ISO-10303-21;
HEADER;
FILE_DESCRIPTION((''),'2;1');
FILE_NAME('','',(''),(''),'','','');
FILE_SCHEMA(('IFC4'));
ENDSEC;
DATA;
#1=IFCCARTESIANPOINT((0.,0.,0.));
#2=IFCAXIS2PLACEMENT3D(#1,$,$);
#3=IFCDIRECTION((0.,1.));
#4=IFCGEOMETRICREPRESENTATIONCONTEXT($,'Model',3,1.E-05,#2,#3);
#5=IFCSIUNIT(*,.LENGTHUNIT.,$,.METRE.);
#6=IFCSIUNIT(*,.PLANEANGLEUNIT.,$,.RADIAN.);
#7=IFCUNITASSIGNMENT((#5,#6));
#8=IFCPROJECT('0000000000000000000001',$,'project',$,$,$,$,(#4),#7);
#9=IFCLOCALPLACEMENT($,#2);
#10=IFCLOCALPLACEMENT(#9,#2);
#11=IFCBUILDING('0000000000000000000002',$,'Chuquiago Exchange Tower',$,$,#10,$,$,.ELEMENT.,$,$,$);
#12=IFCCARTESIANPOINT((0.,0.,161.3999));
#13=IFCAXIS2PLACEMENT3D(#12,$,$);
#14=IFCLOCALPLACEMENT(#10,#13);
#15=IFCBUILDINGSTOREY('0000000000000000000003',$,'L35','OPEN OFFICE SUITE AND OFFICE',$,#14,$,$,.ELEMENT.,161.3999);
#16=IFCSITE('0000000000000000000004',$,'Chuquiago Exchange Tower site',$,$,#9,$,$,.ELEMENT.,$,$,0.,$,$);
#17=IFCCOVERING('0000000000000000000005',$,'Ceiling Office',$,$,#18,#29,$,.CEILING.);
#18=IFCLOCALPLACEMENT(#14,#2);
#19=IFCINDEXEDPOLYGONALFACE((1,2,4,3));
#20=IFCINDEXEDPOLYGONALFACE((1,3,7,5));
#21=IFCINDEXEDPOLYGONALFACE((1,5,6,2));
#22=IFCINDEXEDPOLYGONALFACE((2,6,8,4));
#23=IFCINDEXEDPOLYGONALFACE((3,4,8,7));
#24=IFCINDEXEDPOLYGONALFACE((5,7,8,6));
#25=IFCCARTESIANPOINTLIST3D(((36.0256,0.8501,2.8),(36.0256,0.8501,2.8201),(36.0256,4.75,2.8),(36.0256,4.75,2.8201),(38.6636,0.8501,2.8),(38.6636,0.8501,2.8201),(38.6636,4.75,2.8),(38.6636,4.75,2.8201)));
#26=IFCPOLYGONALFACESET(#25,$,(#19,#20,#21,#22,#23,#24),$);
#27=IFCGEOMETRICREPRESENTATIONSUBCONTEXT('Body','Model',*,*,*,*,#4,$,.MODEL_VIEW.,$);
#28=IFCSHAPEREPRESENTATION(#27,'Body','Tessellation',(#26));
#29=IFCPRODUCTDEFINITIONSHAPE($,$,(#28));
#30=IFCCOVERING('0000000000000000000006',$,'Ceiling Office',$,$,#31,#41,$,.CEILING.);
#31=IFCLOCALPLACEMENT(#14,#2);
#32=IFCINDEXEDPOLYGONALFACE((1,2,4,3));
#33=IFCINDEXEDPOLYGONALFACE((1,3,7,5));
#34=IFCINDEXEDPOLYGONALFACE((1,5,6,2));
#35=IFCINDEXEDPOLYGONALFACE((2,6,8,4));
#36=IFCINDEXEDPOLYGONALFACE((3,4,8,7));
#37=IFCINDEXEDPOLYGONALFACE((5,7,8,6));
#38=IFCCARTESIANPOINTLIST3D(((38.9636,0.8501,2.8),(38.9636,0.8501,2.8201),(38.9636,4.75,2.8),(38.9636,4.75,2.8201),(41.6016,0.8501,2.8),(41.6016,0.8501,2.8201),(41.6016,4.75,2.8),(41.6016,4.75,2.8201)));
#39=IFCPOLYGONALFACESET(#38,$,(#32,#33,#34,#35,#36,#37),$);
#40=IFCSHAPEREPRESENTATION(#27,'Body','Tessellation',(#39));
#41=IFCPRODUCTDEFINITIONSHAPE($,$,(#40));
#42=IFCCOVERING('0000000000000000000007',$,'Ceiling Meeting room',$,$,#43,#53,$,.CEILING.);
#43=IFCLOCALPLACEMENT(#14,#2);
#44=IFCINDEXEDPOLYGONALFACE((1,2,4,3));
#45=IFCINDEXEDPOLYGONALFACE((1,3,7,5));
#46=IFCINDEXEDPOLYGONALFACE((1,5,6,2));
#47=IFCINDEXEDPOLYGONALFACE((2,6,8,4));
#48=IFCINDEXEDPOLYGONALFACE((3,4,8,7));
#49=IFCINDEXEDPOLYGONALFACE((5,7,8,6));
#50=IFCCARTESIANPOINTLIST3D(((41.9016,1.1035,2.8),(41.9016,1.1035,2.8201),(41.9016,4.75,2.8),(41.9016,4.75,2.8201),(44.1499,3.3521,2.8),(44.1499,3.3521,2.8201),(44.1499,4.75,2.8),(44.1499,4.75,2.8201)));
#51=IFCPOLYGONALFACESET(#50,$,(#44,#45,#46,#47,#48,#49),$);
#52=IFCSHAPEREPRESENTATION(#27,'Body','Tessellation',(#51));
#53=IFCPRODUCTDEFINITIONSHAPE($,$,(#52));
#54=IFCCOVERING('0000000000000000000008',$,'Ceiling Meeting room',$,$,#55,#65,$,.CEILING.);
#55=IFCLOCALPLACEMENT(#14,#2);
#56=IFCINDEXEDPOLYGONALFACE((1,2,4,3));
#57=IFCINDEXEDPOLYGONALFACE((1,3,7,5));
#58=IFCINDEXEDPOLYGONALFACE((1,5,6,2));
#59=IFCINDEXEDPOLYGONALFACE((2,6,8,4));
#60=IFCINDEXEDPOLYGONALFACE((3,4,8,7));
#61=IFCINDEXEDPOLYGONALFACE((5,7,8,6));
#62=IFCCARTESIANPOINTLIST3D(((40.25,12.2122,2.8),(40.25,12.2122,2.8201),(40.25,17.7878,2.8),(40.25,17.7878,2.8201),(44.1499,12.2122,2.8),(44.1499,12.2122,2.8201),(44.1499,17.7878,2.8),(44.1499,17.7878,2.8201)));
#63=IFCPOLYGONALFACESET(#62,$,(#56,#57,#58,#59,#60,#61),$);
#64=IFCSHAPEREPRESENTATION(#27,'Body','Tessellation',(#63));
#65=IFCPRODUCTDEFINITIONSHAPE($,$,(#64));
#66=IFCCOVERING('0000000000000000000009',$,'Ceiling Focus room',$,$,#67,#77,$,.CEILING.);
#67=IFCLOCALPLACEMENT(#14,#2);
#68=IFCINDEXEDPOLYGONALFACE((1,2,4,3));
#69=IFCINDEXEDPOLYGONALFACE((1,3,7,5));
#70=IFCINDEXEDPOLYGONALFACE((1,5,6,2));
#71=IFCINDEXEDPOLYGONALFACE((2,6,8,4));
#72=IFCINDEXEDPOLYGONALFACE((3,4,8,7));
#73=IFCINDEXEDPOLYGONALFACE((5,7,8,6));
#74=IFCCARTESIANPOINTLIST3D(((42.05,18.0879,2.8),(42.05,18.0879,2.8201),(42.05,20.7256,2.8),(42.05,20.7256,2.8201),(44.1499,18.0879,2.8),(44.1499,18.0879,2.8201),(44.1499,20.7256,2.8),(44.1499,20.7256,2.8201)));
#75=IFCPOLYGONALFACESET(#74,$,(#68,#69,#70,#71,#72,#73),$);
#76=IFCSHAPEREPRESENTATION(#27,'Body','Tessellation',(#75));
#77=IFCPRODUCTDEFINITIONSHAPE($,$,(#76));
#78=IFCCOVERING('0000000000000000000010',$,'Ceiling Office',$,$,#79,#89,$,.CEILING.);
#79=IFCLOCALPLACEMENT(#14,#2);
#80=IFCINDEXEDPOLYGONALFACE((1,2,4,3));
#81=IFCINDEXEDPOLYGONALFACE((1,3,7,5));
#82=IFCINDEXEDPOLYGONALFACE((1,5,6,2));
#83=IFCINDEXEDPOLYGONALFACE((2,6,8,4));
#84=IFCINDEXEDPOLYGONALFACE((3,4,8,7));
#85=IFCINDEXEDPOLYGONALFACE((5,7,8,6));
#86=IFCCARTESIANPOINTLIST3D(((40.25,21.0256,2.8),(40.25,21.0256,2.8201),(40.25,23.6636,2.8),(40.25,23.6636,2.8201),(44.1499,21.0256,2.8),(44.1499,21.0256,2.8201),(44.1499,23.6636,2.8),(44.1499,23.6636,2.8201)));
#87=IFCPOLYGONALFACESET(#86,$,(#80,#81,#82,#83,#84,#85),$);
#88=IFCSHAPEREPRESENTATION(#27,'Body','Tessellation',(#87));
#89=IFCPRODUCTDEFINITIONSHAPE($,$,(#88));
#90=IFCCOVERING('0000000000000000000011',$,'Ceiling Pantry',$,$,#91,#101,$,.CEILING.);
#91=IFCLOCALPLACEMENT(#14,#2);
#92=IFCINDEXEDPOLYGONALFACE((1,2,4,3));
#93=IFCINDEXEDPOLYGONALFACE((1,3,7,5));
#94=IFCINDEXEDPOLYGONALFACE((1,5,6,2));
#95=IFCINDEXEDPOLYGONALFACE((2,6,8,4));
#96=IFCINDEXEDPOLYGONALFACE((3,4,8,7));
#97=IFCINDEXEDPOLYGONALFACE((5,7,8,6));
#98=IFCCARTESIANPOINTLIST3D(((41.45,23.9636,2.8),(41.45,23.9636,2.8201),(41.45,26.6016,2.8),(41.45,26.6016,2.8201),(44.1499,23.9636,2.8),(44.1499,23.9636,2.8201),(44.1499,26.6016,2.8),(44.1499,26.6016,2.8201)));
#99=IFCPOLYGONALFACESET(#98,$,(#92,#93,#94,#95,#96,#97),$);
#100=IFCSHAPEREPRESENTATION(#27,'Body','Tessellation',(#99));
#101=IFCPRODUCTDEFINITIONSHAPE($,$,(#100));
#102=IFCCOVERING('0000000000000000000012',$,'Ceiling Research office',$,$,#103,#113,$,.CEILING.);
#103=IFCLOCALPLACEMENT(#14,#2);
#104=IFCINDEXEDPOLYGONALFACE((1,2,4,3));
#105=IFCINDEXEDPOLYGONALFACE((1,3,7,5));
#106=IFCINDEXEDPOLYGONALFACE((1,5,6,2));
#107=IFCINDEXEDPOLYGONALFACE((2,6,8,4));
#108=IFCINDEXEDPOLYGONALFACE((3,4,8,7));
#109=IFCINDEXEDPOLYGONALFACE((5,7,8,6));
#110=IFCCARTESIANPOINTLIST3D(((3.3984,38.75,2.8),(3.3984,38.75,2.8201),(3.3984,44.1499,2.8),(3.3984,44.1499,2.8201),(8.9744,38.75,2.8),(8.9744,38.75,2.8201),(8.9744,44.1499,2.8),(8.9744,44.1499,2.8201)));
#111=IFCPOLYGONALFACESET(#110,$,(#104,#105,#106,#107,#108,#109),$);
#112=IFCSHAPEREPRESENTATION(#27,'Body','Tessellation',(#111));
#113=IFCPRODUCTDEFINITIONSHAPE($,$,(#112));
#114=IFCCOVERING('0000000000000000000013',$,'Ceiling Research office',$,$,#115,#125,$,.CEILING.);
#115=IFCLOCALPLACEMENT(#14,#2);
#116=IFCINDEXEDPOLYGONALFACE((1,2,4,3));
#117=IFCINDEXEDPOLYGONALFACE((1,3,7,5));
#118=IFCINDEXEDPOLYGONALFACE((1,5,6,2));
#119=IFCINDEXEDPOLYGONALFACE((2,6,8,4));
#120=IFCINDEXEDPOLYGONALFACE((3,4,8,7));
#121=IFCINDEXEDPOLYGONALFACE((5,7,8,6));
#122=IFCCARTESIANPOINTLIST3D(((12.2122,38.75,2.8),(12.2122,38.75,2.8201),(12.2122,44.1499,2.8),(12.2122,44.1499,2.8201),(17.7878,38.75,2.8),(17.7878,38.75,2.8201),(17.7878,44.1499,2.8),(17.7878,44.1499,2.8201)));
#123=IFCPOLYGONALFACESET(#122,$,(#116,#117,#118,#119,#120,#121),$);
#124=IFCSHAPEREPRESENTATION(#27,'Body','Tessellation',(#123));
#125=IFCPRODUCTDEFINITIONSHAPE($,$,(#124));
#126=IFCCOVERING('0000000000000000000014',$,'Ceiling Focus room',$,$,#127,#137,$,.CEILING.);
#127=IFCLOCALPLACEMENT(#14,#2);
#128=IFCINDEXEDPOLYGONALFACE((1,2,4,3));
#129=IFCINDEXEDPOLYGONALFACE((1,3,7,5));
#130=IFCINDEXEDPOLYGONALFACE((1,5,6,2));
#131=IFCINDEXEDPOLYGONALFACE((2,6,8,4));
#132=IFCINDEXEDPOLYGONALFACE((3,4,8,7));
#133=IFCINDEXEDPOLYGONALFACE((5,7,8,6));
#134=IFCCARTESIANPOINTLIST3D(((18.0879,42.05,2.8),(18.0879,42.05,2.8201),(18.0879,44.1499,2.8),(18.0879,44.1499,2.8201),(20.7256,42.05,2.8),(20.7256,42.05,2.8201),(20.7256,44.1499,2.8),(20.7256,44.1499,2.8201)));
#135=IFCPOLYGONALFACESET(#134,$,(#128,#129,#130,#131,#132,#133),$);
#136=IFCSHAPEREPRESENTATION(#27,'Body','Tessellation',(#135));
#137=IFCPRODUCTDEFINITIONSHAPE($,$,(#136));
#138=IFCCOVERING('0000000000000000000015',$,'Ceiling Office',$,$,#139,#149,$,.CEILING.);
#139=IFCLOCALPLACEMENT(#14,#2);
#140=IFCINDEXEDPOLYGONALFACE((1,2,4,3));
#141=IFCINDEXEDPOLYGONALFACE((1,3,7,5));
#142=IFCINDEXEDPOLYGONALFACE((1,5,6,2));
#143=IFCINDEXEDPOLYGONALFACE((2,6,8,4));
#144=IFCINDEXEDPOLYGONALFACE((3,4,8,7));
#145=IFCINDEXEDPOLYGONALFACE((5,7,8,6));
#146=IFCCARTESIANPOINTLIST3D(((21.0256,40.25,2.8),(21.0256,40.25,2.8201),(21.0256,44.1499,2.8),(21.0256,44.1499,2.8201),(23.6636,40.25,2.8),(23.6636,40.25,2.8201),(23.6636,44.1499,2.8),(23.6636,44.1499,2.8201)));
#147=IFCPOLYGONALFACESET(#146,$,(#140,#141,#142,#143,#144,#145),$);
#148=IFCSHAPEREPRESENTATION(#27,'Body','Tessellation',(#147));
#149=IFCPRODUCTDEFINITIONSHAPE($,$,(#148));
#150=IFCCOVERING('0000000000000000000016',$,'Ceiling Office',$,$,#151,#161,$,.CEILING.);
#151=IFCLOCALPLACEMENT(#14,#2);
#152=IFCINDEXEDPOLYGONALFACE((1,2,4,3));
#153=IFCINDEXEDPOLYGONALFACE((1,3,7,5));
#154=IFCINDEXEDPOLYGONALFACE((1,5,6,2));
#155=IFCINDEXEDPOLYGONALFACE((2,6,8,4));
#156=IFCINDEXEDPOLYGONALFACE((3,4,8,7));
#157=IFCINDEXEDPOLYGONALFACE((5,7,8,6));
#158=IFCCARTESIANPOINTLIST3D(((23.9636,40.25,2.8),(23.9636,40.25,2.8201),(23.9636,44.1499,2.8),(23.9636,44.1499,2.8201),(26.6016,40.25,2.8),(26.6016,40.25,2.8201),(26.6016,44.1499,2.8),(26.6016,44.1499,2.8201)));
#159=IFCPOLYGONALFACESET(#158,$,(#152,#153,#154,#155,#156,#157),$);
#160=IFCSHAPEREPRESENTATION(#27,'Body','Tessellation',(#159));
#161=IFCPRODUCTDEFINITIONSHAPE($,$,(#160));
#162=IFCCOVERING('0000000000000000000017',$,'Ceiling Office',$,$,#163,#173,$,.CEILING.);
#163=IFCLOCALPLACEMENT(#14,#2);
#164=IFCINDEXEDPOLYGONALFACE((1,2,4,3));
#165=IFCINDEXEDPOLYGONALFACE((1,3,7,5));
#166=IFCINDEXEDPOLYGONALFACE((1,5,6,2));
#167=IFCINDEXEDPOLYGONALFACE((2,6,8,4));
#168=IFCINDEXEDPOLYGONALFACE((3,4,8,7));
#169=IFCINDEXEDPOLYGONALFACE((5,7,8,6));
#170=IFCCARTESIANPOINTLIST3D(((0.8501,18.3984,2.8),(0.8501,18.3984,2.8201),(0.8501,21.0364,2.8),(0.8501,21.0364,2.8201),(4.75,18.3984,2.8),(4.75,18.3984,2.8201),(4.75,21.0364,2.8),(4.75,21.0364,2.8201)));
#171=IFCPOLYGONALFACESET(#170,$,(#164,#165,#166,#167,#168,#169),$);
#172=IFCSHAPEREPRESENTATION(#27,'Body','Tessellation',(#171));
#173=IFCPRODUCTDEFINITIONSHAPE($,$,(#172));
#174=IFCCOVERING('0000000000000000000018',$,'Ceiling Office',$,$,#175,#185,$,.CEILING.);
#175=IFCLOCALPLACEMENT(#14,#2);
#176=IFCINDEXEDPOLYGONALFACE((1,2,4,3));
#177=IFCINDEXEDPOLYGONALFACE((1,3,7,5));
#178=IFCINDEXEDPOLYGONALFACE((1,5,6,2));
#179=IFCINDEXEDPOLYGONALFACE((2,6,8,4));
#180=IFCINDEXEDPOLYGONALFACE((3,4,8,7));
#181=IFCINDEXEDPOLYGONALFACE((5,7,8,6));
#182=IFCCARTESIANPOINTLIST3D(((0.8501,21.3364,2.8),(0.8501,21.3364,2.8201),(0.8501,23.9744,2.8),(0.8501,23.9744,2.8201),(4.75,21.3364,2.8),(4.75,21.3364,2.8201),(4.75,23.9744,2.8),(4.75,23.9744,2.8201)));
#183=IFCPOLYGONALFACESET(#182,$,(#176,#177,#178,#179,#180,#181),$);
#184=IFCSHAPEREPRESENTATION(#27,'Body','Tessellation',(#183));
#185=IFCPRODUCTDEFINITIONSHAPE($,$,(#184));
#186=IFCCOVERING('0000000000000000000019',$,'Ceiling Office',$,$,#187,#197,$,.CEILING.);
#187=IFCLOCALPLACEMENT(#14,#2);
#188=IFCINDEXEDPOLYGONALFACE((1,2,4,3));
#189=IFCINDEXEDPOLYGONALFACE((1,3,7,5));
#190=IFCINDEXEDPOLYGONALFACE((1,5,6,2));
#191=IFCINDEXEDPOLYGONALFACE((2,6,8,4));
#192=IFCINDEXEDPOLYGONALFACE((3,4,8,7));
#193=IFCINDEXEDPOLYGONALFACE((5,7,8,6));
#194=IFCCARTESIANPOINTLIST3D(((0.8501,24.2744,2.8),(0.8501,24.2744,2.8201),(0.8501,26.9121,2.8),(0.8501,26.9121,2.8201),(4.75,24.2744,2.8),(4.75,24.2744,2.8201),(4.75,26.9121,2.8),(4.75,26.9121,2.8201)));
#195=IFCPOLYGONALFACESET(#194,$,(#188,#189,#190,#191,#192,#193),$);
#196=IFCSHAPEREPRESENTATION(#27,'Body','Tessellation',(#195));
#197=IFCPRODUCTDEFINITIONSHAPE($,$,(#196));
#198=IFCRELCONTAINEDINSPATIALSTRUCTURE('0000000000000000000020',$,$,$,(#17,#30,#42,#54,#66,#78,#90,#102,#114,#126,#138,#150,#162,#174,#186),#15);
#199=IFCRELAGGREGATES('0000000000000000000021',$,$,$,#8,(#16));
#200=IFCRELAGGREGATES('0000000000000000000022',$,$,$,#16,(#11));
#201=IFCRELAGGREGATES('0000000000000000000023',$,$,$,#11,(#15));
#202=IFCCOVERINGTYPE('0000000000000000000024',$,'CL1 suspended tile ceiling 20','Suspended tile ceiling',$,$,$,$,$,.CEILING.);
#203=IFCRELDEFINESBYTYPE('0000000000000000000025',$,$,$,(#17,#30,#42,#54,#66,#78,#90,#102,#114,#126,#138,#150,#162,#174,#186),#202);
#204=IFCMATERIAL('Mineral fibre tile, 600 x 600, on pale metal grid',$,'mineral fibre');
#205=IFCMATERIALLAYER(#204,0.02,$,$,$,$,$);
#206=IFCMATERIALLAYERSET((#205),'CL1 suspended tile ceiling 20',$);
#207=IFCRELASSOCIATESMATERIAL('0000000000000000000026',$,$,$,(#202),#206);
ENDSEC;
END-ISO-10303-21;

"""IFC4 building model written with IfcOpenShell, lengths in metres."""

from ifc_helpers import new_model, si_unit, direction, frame, origin, place, context, subcontext, project, spatial, polyline, outline, extrude, material, layer, layer_set, type_object, element, save


model = new_model("IFC4")

# Units and contexts
model_context = context("Model", 3, precision=1e-05, world=origin(), true_north=direction((0.0, 1.0)))
body_context = subcontext(model_context, "Body", "Model", "MODEL_VIEW")
ifc_project = project(units=[si_unit("LENGTHUNIT", "METRE"), si_unit("PLANEANGLEUNIT", "RADIAN")], contexts=[model_context])

# Site, building, storey
site_placement = place(None, origin())
site = spatial("IfcSite", under=ifc_project, at=site_placement, Name="Chuquiago Exchange Tower site", CompositionType="ELEMENT", RefElevation=0.0)
building_placement = place(site_placement, origin())
building = spatial("IfcBuilding", under=site, at=building_placement, Name="Chuquiago Exchange Tower", CompositionType="ELEMENT")
storey_placement = place(building_placement, frame((0.0, 0.0, 161.3999)))
storey = spatial("IfcBuildingStorey", under=building, at=storey_placement, Name="L35", Description="OPEN OFFICE SUITE AND OFFICE", CompositionType="ELEMENT", Elevation=161.3999)

# Coverings
ifc_material_1 = material(Name="Mineral fibre tile, 600 x 600, on pale metal grid", Category="mineral fibre")
ifc_layer_1 = layer(ifc_material_1, 0.02)
ifc_layer_set_1 = layer_set([ifc_layer_1], Name="CL1 suspended tile ceiling 20")
covering_type_1 = type_object("IfcCoveringType", Name="CL1 suspended tile ceiling 20", Description="Suspended tile ceiling", PredefinedType="CEILING", material=ifc_layer_set_1)
covering_1_placement = place(storey_placement, frame((0.0, 0.0, 2.8)))
element("IfcCovering", 1, at=covering_1_placement, inside=storey, type_object=covering_type_1, Name="Ceiling Office", PredefinedType="CEILING", context=body_context, shape_type="SweptSolid", body=[
    extrude(outline(polyline([(36.0256, 4.75), (38.6636, 4.75), (38.6636, 0.8501), (36.0256, 0.8501), (36.0256, 4.75)])), origin(), (0.0, 0.0, 1.0), 0.02),
])
covering_2_placement = place(storey_placement, frame((0.0, 0.0, 2.8)))
element("IfcCovering", 2, at=covering_2_placement, inside=storey, type_object=covering_type_1, Name="Ceiling Office", PredefinedType="CEILING", context=body_context, shape_type="SweptSolid", body=[
    extrude(outline(polyline([(38.9636, 0.8501), (38.9636, 4.75), (41.6016, 4.75), (41.6016, 0.8501), (38.9636, 0.8501)])), origin(), (0.0, 0.0, 1.0), 0.02),
])
covering_3_placement = place(storey_placement, frame((0.0, 0.0, 2.8)))
element("IfcCovering", 3, at=covering_3_placement, inside=storey, type_object=covering_type_1, Name="Ceiling Meeting room", PredefinedType="CEILING", context=body_context, shape_type="SweptSolid", body=[
    extrude(outline(polyline([(41.9016, 1.1035), (41.9016, 4.75), (44.1499, 4.75), (44.1499, 3.3521), (41.9016, 1.1035)])), origin(), (0.0, 0.0, 1.0), 0.02),
])
covering_4_placement = place(storey_placement, frame((0.0, 0.0, 2.8)))
element("IfcCovering", 4, at=covering_4_placement, inside=storey, type_object=covering_type_1, Name="Ceiling Meeting room", PredefinedType="CEILING", context=body_context, shape_type="SweptSolid", body=[
    extrude(outline(polyline([(40.25, 12.2122), (40.25, 17.7878), (44.1499, 17.7878), (44.1499, 12.2122), (40.25, 12.2122)])), origin(), (0.0, 0.0, 1.0), 0.02),
])
covering_5_placement = place(storey_placement, frame((0.0, 0.0, 2.8)))
element("IfcCovering", 5, at=covering_5_placement, inside=storey, type_object=covering_type_1, Name="Ceiling Focus room", PredefinedType="CEILING", context=body_context, shape_type="SweptSolid", body=[
    extrude(outline(polyline([(42.05, 18.0879), (42.05, 20.7256), (44.1499, 20.7256), (44.1499, 18.0879), (42.05, 18.0879)])), origin(), (0.0, 0.0, 1.0), 0.02),
])
covering_6_placement = place(storey_placement, frame((0.0, 0.0, 2.8)))
element("IfcCovering", 6, at=covering_6_placement, inside=storey, type_object=covering_type_1, Name="Ceiling Office", PredefinedType="CEILING", context=body_context, shape_type="SweptSolid", body=[
    extrude(outline(polyline([(40.25, 21.0256), (40.25, 23.6636), (44.1499, 23.6636), (44.1499, 21.0256), (40.25, 21.0256)])), origin(), (0.0, 0.0, 1.0), 0.02),
])
covering_7_placement = place(storey_placement, frame((0.0, 0.0, 2.8)))
element("IfcCovering", 7, at=covering_7_placement, inside=storey, type_object=covering_type_1, Name="Ceiling Pantry", PredefinedType="CEILING", context=body_context, shape_type="SweptSolid", body=[
    extrude(outline(polyline([(44.1499, 23.9636), (41.45, 23.9636), (41.45, 26.6016), (44.1499, 26.6016), (44.1499, 23.9636)])), origin(), (0.0, 0.0, 1.0), 0.02),
])
covering_8_placement = place(storey_placement, frame((0.0, 0.0, 2.8)))
element("IfcCovering", 8, at=covering_8_placement, inside=storey, type_object=covering_type_1, Name="Ceiling Research office", PredefinedType="CEILING", context=body_context, shape_type="SweptSolid", body=[
    extrude(outline(polyline([(8.9744, 44.1499), (8.9744, 38.75), (3.3984, 38.75), (3.3984, 44.1499), (8.9744, 44.1499)])), origin(), (0.0, 0.0, 1.0), 0.02),
])
covering_9_placement = place(storey_placement, frame((0.0, 0.0, 2.8)))
element("IfcCovering", 9, at=covering_9_placement, inside=storey, type_object=covering_type_1, Name="Ceiling Research office", PredefinedType="CEILING", context=body_context, shape_type="SweptSolid", body=[
    extrude(outline(polyline([(17.7878, 38.75), (12.2122, 38.75), (12.2122, 44.1499), (17.7878, 44.1499), (17.7878, 38.75)])), origin(), (0.0, 0.0, 1.0), 0.02),
])
covering_10_placement = place(storey_placement, frame((0.0, 0.0, 2.8)))
element("IfcCovering", 10, at=covering_10_placement, inside=storey, type_object=covering_type_1, Name="Ceiling Focus room", PredefinedType="CEILING", context=body_context, shape_type="SweptSolid", body=[
    extrude(outline(polyline([(20.7256, 42.05), (18.0879, 42.05), (18.0879, 44.1499), (20.7256, 44.1499), (20.7256, 42.05)])), origin(), (0.0, 0.0, 1.0), 0.02),
])
covering_11_placement = place(storey_placement, frame((0.0, 0.0, 2.8)))
element("IfcCovering", 11, at=covering_11_placement, inside=storey, type_object=covering_type_1, Name="Ceiling Office", PredefinedType="CEILING", context=body_context, shape_type="SweptSolid", body=[
    extrude(outline(polyline([(23.6636, 40.25), (21.0256, 40.25), (21.0256, 44.1499), (23.6636, 44.1499), (23.6636, 40.25)])), origin(), (0.0, 0.0, 1.0), 0.02),
])
covering_12_placement = place(storey_placement, frame((0.0, 0.0, 2.8)))
element("IfcCovering", 12, at=covering_12_placement, inside=storey, type_object=covering_type_1, Name="Ceiling Office", PredefinedType="CEILING", context=body_context, shape_type="SweptSolid", body=[
    extrude(outline(polyline([(26.6016, 40.25), (23.9636, 40.25), (23.9636, 44.1499), (26.6016, 44.1499), (26.6016, 40.25)])), origin(), (0.0, 0.0, 1.0), 0.02),
])
covering_13_placement = place(storey_placement, frame((0.0, 0.0, 2.8)))
element("IfcCovering", 13, at=covering_13_placement, inside=storey, type_object=covering_type_1, Name="Ceiling Office", PredefinedType="CEILING", context=body_context, shape_type="SweptSolid", body=[
    extrude(outline(polyline([(0.8501, 21.0364), (4.75, 21.0364), (4.75, 18.3984), (0.8501, 18.3984), (0.8501, 21.0364)])), origin(), (0.0, 0.0, 1.0), 0.02),
])
covering_14_placement = place(storey_placement, frame((0.0, 0.0, 2.8)))
element("IfcCovering", 14, at=covering_14_placement, inside=storey, type_object=covering_type_1, Name="Ceiling Office", PredefinedType="CEILING", context=body_context, shape_type="SweptSolid", body=[
    extrude(outline(polyline([(4.75, 23.9744), (4.75, 21.3364), (0.8501, 21.3364), (0.8501, 23.9744), (4.75, 23.9744)])), origin(), (0.0, 0.0, 1.0), 0.02),
])
covering_15_placement = place(storey_placement, frame((0.0, 0.0, 2.8)))
element("IfcCovering", 15, at=covering_15_placement, inside=storey, type_object=covering_type_1, Name="Ceiling Office", PredefinedType="CEILING", context=body_context, shape_type="SweptSolid", body=[
    extrude(outline(polyline([(4.75, 26.9121), (4.75, 24.2744), (0.8501, 24.2744), (0.8501, 26.9121), (4.75, 26.9121)])), origin(), (0.0, 0.0, 1.0), 0.02),
])

save(model, "model.ifc")
